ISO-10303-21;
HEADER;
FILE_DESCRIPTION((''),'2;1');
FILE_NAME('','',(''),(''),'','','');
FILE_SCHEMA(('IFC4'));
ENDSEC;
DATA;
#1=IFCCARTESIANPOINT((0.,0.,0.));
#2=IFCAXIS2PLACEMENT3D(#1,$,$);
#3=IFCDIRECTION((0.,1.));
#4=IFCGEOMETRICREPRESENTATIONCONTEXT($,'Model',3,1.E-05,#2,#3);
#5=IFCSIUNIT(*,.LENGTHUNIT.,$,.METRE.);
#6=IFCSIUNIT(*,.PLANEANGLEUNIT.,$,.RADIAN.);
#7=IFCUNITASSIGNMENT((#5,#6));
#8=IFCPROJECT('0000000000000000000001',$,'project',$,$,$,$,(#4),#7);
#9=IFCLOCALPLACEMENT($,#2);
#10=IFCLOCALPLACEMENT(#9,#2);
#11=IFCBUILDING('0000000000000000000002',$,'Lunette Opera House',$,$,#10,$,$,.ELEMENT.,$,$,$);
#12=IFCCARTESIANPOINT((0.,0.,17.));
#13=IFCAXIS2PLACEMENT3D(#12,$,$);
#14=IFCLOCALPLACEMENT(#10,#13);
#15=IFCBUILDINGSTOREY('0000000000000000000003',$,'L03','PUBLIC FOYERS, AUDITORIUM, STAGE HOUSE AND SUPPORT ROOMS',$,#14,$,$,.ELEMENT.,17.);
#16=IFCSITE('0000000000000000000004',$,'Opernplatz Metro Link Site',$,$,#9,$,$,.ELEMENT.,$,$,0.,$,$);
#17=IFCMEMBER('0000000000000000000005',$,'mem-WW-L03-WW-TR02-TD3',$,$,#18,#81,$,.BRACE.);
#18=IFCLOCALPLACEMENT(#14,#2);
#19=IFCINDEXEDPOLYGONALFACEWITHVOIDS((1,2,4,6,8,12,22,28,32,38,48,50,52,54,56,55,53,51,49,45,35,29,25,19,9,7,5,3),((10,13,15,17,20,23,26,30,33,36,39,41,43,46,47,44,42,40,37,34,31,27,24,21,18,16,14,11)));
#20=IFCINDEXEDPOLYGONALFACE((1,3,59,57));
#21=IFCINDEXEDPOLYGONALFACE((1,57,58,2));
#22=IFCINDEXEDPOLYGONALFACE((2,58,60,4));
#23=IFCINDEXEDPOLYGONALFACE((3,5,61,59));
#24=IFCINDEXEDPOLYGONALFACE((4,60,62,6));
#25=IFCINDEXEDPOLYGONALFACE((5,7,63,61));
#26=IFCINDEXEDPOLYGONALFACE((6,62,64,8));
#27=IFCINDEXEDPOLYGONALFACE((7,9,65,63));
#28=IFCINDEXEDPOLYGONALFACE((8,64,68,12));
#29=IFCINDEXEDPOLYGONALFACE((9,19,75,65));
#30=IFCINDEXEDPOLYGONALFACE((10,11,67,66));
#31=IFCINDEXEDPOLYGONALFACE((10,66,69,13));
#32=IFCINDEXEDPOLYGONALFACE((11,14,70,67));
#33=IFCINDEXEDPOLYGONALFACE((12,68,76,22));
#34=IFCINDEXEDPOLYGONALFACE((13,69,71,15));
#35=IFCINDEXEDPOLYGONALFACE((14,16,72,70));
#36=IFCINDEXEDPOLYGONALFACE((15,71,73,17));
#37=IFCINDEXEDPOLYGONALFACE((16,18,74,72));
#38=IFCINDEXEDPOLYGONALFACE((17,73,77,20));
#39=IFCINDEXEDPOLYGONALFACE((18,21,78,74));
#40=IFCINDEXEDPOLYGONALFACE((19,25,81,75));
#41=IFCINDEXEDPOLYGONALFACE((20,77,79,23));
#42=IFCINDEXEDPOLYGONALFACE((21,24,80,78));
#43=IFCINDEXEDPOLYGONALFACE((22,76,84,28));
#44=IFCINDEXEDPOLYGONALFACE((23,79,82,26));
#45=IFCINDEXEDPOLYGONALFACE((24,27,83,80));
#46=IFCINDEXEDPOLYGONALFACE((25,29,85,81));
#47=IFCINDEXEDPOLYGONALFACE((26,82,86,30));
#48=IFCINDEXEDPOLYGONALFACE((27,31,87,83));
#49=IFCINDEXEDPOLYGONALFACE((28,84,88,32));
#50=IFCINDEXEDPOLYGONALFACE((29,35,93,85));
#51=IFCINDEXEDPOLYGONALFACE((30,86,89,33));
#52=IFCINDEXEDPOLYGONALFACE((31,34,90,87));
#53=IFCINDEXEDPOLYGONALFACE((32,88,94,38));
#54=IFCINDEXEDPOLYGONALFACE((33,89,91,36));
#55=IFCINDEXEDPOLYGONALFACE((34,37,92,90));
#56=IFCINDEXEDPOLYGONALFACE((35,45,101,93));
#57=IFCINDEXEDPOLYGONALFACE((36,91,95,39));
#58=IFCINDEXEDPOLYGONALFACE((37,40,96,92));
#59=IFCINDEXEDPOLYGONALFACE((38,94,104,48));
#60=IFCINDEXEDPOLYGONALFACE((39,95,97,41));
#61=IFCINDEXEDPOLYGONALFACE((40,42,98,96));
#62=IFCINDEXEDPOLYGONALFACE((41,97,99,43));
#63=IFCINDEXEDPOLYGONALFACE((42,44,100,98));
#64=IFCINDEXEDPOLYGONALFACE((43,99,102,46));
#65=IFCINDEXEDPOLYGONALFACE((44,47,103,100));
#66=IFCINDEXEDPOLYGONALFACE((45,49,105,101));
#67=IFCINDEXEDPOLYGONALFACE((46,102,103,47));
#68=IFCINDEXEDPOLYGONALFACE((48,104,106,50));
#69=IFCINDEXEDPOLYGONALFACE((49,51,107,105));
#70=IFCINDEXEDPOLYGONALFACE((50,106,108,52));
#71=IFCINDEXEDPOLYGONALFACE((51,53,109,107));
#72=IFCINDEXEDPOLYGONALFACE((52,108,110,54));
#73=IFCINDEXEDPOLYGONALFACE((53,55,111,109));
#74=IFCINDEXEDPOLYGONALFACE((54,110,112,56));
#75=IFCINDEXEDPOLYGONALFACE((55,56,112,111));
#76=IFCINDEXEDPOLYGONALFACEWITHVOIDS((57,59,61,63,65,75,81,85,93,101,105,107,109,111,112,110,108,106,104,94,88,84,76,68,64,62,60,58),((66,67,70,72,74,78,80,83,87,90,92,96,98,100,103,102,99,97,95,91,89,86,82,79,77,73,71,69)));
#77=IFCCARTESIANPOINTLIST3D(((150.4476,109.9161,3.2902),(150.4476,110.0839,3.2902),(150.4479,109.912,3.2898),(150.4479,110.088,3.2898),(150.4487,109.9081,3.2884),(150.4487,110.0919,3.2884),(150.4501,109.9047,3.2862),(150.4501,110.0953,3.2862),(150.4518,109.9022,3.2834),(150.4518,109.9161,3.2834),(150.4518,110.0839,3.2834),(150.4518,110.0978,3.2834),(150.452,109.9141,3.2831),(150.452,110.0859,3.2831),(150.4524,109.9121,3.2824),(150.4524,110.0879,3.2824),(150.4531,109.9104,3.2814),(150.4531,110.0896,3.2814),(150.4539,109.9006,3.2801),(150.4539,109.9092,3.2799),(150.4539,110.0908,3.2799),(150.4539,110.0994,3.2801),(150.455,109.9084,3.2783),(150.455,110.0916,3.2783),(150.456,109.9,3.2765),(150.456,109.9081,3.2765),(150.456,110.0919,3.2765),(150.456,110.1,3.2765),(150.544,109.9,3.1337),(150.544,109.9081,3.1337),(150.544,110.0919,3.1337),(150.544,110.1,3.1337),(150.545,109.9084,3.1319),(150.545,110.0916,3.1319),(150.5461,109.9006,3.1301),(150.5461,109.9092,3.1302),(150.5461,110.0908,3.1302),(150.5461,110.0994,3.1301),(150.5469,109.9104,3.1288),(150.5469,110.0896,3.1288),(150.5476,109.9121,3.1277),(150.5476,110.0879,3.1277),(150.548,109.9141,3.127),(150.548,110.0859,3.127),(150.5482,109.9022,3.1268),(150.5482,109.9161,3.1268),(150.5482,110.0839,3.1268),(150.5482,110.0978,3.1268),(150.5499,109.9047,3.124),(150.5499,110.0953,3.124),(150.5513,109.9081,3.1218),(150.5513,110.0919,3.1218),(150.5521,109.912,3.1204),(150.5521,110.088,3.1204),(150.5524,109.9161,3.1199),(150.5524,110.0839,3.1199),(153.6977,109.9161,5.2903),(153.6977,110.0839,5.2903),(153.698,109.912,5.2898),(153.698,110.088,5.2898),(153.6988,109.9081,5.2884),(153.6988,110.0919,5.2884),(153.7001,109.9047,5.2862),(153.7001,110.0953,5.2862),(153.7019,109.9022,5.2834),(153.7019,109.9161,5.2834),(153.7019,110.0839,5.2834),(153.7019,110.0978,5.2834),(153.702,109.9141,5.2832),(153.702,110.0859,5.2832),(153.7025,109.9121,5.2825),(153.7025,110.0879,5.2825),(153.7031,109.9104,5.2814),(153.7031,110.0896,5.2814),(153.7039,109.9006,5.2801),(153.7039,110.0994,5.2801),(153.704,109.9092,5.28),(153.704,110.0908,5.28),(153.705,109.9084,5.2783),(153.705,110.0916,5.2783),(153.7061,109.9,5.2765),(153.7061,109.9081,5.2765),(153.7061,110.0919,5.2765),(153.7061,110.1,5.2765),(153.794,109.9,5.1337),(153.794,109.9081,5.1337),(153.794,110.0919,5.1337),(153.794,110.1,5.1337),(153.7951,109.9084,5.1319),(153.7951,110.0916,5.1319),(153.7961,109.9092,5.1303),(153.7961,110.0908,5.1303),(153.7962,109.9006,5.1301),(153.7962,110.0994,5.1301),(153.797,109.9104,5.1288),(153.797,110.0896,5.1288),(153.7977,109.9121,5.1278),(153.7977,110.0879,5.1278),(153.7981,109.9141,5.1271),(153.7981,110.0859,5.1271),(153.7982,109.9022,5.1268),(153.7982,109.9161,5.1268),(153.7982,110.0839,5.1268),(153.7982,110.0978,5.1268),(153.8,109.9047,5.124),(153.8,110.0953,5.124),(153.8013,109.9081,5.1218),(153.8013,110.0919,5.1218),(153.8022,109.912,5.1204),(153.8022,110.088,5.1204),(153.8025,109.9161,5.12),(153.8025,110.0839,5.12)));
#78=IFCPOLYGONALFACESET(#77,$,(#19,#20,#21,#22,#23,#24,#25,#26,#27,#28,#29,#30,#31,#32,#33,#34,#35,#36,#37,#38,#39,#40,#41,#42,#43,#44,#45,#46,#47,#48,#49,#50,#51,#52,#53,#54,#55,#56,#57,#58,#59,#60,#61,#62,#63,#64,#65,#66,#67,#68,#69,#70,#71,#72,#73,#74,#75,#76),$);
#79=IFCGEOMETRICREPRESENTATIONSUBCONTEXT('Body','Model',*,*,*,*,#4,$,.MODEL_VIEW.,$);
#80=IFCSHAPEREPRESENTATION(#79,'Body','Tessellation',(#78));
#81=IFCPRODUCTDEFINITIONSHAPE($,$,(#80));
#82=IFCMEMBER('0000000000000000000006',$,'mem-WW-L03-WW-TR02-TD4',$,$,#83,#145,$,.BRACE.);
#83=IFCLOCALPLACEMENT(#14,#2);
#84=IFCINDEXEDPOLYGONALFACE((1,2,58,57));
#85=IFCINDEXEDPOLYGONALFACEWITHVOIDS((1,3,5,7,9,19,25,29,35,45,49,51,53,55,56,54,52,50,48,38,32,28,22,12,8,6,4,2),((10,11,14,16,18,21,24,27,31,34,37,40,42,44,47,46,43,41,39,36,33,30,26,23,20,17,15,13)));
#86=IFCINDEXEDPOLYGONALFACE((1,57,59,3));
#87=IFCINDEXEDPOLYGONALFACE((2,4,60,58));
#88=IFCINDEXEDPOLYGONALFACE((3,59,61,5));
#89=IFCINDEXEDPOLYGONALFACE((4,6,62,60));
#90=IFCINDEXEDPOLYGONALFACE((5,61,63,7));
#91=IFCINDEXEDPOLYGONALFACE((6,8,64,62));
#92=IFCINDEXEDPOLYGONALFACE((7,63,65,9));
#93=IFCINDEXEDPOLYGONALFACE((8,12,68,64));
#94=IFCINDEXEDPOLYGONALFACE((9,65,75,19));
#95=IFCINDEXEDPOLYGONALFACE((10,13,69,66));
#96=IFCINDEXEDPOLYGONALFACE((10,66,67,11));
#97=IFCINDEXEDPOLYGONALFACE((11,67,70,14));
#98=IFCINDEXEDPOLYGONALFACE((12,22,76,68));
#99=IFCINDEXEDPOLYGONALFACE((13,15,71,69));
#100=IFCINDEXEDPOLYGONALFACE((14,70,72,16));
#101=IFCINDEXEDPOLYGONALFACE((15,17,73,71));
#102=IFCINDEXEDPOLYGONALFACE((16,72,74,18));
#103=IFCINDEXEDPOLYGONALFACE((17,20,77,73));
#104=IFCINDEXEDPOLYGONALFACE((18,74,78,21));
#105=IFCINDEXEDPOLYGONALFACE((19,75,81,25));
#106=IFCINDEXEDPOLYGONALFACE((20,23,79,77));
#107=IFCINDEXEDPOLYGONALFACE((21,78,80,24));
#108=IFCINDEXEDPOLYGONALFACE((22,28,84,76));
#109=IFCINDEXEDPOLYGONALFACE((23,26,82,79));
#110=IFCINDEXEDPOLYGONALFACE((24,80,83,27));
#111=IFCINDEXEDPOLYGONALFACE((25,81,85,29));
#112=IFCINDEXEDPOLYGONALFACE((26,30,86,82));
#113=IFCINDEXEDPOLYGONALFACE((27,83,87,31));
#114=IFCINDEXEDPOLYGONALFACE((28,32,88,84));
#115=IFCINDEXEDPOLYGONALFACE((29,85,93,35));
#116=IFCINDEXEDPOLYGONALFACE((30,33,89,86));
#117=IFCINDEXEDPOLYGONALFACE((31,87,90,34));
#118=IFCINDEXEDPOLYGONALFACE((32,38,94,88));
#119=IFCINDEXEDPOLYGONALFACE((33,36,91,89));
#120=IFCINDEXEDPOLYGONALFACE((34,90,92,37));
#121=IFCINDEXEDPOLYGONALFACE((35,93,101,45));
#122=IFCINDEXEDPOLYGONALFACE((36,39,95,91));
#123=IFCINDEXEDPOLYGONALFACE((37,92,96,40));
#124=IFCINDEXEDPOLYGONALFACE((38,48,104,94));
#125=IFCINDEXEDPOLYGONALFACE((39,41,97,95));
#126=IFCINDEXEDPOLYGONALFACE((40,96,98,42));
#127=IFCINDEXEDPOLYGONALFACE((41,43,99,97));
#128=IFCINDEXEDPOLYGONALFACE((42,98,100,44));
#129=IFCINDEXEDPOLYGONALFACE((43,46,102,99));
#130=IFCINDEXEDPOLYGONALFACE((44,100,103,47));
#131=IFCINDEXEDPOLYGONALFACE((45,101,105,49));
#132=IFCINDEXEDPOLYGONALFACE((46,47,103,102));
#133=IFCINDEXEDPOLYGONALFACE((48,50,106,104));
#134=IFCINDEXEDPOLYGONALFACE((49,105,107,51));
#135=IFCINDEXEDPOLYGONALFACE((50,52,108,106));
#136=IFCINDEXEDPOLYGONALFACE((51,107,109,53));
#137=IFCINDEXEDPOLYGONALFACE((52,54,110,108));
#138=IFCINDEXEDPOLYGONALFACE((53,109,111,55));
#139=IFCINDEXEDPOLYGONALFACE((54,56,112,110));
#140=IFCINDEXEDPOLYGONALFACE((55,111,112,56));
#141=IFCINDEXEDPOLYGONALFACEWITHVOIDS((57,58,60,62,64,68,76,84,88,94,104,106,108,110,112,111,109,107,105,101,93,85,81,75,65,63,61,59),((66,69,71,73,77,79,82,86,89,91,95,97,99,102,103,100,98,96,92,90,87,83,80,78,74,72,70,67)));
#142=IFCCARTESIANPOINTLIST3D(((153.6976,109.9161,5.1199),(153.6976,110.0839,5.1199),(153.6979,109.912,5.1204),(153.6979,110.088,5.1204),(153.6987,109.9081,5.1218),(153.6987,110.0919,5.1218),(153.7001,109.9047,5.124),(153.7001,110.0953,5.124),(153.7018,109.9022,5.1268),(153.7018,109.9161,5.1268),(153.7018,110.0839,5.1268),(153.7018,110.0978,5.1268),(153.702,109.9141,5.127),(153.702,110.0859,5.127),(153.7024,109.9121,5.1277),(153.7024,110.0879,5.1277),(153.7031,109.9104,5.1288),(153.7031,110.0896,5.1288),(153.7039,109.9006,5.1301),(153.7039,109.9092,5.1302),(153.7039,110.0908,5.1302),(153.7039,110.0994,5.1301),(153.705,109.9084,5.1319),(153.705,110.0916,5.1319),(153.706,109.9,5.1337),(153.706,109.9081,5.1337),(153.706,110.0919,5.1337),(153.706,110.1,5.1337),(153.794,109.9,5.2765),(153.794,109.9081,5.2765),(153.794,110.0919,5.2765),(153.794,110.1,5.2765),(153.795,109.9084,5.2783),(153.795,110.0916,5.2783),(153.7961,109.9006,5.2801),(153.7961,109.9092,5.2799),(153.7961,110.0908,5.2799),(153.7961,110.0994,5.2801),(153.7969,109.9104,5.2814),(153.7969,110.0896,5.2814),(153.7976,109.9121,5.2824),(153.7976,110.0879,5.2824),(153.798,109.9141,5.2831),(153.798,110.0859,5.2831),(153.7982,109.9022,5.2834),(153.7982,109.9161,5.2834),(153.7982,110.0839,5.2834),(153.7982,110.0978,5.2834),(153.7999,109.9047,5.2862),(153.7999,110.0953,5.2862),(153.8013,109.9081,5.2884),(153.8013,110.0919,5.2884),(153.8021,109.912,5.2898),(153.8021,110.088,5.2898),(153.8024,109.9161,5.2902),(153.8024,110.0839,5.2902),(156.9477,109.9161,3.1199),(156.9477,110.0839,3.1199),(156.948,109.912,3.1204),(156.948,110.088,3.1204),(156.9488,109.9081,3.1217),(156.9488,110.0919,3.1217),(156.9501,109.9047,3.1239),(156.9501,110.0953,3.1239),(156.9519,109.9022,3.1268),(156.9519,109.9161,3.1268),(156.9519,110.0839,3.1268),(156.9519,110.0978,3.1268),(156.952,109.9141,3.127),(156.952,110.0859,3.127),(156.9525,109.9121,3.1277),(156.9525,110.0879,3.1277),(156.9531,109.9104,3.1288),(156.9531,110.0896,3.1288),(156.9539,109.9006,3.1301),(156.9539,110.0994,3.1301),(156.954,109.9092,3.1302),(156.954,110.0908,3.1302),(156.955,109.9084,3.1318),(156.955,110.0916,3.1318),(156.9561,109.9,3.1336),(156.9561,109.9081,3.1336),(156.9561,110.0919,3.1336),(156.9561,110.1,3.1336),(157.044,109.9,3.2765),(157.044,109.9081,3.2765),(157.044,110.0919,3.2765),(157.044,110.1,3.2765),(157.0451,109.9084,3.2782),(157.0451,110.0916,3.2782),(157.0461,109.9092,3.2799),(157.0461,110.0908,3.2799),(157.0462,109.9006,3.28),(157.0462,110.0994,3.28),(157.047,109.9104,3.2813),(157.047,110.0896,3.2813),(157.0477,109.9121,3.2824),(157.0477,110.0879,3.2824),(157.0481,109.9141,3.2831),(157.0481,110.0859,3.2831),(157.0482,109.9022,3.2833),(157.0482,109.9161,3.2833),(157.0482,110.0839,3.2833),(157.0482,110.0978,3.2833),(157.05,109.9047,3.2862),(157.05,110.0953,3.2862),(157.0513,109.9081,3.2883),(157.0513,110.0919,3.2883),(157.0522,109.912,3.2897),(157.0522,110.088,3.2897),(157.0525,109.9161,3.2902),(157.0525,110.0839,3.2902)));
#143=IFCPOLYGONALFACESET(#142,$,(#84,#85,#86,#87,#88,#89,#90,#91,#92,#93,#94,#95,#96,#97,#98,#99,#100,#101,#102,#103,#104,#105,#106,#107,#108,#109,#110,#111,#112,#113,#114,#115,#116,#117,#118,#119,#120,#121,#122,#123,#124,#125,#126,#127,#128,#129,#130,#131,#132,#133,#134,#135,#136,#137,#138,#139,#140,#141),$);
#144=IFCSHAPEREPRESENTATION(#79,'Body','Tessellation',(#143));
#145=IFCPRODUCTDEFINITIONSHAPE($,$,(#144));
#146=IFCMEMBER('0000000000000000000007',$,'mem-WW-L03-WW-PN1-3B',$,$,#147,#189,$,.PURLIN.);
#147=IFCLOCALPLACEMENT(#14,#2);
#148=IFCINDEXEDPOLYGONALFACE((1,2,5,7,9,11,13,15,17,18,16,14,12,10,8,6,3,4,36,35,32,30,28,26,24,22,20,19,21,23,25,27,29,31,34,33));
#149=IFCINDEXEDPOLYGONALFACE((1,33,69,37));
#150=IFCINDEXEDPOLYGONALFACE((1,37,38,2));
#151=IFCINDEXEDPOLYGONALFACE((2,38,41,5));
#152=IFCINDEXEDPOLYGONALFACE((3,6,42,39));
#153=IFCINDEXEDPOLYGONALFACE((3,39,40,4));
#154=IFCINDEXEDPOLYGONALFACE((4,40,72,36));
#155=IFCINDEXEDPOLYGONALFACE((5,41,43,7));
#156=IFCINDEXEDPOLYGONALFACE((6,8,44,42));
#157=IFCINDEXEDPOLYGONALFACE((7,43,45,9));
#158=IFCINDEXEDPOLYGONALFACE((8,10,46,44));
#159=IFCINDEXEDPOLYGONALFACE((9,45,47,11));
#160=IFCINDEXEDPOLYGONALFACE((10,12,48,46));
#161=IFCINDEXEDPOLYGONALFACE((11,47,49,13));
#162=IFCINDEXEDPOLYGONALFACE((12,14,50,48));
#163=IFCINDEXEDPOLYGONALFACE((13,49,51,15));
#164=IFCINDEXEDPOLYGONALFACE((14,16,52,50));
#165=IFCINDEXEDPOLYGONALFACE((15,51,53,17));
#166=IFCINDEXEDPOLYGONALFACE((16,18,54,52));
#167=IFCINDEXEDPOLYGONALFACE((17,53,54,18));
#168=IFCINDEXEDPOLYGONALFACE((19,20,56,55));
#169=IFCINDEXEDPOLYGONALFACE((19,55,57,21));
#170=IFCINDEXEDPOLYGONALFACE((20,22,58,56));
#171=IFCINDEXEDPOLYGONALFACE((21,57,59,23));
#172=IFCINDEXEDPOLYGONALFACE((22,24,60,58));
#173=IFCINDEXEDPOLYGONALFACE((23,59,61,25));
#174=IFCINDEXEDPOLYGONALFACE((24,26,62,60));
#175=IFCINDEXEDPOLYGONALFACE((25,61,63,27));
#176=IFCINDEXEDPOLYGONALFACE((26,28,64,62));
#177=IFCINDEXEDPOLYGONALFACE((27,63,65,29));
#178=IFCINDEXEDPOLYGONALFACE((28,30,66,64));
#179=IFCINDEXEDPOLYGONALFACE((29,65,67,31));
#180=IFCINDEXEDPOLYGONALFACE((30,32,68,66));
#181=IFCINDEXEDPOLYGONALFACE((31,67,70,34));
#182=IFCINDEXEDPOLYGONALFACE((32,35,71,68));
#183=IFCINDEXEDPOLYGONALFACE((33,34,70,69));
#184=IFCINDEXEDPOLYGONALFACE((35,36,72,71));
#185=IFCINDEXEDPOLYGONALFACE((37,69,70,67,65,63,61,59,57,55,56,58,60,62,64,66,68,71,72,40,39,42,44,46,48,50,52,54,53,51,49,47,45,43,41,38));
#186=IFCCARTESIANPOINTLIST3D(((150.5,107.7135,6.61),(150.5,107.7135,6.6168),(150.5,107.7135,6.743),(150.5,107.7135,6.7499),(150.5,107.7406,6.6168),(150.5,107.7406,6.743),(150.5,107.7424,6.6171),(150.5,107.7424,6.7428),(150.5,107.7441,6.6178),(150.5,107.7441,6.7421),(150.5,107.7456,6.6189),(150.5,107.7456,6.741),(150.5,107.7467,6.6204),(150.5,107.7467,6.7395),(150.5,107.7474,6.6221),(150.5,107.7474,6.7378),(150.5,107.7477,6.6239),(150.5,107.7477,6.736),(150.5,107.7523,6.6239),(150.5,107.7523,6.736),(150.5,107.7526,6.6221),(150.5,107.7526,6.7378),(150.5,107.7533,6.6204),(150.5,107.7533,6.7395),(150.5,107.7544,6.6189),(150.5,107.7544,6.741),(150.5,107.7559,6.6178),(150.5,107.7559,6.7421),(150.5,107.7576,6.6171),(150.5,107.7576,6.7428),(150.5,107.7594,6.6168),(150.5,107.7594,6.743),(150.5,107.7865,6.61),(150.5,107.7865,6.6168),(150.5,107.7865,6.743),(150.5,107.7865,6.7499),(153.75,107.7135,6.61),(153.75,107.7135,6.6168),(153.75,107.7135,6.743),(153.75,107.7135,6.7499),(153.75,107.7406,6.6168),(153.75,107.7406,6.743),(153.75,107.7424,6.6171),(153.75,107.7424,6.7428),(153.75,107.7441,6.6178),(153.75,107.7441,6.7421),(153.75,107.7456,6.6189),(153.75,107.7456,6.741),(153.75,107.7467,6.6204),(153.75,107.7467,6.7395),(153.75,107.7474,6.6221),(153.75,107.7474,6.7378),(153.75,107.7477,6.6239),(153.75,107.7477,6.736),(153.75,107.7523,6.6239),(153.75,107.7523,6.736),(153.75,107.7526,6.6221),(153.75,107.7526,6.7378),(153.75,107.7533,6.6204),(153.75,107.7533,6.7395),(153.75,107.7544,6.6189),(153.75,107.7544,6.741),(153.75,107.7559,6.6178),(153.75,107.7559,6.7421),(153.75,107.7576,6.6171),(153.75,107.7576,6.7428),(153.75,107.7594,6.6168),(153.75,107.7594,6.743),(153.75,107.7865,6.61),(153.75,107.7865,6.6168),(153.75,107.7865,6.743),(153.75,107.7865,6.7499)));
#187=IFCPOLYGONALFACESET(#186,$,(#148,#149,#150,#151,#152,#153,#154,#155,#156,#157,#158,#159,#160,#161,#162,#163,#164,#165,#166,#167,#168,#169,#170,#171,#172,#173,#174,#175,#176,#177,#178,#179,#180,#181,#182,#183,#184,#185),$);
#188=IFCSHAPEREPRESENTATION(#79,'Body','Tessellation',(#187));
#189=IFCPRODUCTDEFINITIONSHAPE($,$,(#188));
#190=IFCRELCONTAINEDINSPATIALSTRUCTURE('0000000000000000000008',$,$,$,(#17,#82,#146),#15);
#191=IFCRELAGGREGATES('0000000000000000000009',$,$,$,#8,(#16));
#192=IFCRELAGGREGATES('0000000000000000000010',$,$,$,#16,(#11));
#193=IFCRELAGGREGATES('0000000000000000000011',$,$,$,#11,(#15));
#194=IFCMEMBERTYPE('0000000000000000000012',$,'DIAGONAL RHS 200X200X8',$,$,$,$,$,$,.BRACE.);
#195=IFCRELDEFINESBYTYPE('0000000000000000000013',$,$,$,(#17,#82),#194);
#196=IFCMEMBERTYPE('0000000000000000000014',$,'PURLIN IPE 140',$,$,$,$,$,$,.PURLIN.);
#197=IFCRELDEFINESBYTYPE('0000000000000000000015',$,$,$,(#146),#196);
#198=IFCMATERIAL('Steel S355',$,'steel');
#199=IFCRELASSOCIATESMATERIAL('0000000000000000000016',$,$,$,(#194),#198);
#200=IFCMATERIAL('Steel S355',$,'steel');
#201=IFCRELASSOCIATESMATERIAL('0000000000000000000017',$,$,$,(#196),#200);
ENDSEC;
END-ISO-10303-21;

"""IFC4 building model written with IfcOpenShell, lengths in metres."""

from ifc_helpers import new_model, si_unit, direction, frame, origin, origin_2d, place, context, subcontext, project, spatial, hollow_rectangle, i_section, extrude, material, material_profile, profile_set, type_object, element, save


model = new_model("IFC4")

# Units and contexts
model_context = context("Model", 3, precision=1e-05, world=origin(), true_north=direction((0.0, 1.0)))
body_context = subcontext(model_context, "Body", "Model", "MODEL_VIEW")
ifc_project = project(units=[si_unit("LENGTHUNIT", "METRE"), si_unit("PLANEANGLEUNIT", "RADIAN")], contexts=[model_context])

# Site, building, storey
site_placement = place(None, origin())
site = spatial("IfcSite", under=ifc_project, at=site_placement, Name="Opernplatz Metro Link Site", CompositionType="ELEMENT", RefElevation=0.0)
building_placement = place(site_placement, origin())
building = spatial("IfcBuilding", under=site, at=building_placement, Name="Lunette Opera House", CompositionType="ELEMENT")
storey_placement = place(building_placement, frame((0.0, 0.0, 17.0)))
storey = spatial("IfcBuildingStorey", under=building, at=storey_placement, Name="L03", Description="PUBLIC FOYERS, AUDITORIUM, STAGE HOUSE AND SUPPORT ROOMS", CompositionType="ELEMENT", Elevation=17.0)

# Members
ifc_material_1 = material(Name="Steel S355", Category="steel")
ifc_material_profile_1 = material_profile(ifc_material_1, hollow_rectangle(XDim=0.2, YDim=0.2, WallThickness=0.0081, InnerFilletRadius=0.0081, OuterFilletRadius=0.0161, at=origin_2d()), Name="RHS 200X200X8")
ifc_profile_set_1 = profile_set([ifc_material_profile_1], Name="Steel S355")
member_type_1 = type_object("IfcMemberType", Name="DIAGONAL RHS 200X200X8", PredefinedType="BRACE", material=ifc_profile_set_1)
for number, where, z_axis, x_axis, name in (
    (1, (150.5, 110.0, 3.2051), (0.851658, 0.0, 0.524097), (0.0, 1.0, 0.0), "mem-WW-L03-WW-TR02-TD3"),
    (2, (153.75, 110.0, 5.2051), (0.851658, 0.0, -0.524097), (0.0, 1.0, 0.0), "mem-WW-L03-WW-TR02-TD4"),
):
    element("IfcMember", number, at=place(storey_placement, frame(where, z_axis=z_axis, x_axis=x_axis)), inside=storey, type_object=member_type_1, Name=name, PredefinedType="BRACE", context=body_context, shape_type="SweptSolid", body=[
        extrude(hollow_rectangle(XDim=0.2, YDim=0.2, WallThickness=0.0081, InnerFilletRadius=0.0081, OuterFilletRadius=0.0161, at=origin_2d()), origin(), (0.0, 0.0, 1.0), 3.8162),
    ])
ifc_material_2 = material(Name="Steel S355", Category="steel")
ifc_material_profile_2 = material_profile(ifc_material_2, i_section(OverallWidth=0.073, OverallDepth=0.1399, WebThickness=0.0046, FlangeThickness=0.0068, FilletRadius=0.0071, at=origin_2d()), Name="IPE 140")
ifc_profile_set_2 = profile_set([ifc_material_profile_2], Name="Steel S355")
member_type_2 = type_object("IfcMemberType", Name="PURLIN IPE 140", PredefinedType="PURLIN", material=ifc_profile_set_2)
for number, where, z_axis, x_axis, name in (
    (3, (150.5, 107.75, 6.6799), (1.0, 0.0, 0.0), (0.0, 1.0, 0.0), "mem-WW-L03-WW-PN1-3B"),
):
    element("IfcMember", number, at=place(storey_placement, frame(where, z_axis=z_axis, x_axis=x_axis)), inside=storey, type_object=member_type_2, Name=name, PredefinedType="PURLIN", context=body_context, shape_type="SweptSolid", body=[
        extrude(i_section(OverallWidth=0.073, OverallDepth=0.1399, WebThickness=0.0046, FlangeThickness=0.0068, FilletRadius=0.0071, at=origin_2d()), origin(), (0.0, 0.0, 1.0), 3.25),
    ])

save(model, "model.ifc")
